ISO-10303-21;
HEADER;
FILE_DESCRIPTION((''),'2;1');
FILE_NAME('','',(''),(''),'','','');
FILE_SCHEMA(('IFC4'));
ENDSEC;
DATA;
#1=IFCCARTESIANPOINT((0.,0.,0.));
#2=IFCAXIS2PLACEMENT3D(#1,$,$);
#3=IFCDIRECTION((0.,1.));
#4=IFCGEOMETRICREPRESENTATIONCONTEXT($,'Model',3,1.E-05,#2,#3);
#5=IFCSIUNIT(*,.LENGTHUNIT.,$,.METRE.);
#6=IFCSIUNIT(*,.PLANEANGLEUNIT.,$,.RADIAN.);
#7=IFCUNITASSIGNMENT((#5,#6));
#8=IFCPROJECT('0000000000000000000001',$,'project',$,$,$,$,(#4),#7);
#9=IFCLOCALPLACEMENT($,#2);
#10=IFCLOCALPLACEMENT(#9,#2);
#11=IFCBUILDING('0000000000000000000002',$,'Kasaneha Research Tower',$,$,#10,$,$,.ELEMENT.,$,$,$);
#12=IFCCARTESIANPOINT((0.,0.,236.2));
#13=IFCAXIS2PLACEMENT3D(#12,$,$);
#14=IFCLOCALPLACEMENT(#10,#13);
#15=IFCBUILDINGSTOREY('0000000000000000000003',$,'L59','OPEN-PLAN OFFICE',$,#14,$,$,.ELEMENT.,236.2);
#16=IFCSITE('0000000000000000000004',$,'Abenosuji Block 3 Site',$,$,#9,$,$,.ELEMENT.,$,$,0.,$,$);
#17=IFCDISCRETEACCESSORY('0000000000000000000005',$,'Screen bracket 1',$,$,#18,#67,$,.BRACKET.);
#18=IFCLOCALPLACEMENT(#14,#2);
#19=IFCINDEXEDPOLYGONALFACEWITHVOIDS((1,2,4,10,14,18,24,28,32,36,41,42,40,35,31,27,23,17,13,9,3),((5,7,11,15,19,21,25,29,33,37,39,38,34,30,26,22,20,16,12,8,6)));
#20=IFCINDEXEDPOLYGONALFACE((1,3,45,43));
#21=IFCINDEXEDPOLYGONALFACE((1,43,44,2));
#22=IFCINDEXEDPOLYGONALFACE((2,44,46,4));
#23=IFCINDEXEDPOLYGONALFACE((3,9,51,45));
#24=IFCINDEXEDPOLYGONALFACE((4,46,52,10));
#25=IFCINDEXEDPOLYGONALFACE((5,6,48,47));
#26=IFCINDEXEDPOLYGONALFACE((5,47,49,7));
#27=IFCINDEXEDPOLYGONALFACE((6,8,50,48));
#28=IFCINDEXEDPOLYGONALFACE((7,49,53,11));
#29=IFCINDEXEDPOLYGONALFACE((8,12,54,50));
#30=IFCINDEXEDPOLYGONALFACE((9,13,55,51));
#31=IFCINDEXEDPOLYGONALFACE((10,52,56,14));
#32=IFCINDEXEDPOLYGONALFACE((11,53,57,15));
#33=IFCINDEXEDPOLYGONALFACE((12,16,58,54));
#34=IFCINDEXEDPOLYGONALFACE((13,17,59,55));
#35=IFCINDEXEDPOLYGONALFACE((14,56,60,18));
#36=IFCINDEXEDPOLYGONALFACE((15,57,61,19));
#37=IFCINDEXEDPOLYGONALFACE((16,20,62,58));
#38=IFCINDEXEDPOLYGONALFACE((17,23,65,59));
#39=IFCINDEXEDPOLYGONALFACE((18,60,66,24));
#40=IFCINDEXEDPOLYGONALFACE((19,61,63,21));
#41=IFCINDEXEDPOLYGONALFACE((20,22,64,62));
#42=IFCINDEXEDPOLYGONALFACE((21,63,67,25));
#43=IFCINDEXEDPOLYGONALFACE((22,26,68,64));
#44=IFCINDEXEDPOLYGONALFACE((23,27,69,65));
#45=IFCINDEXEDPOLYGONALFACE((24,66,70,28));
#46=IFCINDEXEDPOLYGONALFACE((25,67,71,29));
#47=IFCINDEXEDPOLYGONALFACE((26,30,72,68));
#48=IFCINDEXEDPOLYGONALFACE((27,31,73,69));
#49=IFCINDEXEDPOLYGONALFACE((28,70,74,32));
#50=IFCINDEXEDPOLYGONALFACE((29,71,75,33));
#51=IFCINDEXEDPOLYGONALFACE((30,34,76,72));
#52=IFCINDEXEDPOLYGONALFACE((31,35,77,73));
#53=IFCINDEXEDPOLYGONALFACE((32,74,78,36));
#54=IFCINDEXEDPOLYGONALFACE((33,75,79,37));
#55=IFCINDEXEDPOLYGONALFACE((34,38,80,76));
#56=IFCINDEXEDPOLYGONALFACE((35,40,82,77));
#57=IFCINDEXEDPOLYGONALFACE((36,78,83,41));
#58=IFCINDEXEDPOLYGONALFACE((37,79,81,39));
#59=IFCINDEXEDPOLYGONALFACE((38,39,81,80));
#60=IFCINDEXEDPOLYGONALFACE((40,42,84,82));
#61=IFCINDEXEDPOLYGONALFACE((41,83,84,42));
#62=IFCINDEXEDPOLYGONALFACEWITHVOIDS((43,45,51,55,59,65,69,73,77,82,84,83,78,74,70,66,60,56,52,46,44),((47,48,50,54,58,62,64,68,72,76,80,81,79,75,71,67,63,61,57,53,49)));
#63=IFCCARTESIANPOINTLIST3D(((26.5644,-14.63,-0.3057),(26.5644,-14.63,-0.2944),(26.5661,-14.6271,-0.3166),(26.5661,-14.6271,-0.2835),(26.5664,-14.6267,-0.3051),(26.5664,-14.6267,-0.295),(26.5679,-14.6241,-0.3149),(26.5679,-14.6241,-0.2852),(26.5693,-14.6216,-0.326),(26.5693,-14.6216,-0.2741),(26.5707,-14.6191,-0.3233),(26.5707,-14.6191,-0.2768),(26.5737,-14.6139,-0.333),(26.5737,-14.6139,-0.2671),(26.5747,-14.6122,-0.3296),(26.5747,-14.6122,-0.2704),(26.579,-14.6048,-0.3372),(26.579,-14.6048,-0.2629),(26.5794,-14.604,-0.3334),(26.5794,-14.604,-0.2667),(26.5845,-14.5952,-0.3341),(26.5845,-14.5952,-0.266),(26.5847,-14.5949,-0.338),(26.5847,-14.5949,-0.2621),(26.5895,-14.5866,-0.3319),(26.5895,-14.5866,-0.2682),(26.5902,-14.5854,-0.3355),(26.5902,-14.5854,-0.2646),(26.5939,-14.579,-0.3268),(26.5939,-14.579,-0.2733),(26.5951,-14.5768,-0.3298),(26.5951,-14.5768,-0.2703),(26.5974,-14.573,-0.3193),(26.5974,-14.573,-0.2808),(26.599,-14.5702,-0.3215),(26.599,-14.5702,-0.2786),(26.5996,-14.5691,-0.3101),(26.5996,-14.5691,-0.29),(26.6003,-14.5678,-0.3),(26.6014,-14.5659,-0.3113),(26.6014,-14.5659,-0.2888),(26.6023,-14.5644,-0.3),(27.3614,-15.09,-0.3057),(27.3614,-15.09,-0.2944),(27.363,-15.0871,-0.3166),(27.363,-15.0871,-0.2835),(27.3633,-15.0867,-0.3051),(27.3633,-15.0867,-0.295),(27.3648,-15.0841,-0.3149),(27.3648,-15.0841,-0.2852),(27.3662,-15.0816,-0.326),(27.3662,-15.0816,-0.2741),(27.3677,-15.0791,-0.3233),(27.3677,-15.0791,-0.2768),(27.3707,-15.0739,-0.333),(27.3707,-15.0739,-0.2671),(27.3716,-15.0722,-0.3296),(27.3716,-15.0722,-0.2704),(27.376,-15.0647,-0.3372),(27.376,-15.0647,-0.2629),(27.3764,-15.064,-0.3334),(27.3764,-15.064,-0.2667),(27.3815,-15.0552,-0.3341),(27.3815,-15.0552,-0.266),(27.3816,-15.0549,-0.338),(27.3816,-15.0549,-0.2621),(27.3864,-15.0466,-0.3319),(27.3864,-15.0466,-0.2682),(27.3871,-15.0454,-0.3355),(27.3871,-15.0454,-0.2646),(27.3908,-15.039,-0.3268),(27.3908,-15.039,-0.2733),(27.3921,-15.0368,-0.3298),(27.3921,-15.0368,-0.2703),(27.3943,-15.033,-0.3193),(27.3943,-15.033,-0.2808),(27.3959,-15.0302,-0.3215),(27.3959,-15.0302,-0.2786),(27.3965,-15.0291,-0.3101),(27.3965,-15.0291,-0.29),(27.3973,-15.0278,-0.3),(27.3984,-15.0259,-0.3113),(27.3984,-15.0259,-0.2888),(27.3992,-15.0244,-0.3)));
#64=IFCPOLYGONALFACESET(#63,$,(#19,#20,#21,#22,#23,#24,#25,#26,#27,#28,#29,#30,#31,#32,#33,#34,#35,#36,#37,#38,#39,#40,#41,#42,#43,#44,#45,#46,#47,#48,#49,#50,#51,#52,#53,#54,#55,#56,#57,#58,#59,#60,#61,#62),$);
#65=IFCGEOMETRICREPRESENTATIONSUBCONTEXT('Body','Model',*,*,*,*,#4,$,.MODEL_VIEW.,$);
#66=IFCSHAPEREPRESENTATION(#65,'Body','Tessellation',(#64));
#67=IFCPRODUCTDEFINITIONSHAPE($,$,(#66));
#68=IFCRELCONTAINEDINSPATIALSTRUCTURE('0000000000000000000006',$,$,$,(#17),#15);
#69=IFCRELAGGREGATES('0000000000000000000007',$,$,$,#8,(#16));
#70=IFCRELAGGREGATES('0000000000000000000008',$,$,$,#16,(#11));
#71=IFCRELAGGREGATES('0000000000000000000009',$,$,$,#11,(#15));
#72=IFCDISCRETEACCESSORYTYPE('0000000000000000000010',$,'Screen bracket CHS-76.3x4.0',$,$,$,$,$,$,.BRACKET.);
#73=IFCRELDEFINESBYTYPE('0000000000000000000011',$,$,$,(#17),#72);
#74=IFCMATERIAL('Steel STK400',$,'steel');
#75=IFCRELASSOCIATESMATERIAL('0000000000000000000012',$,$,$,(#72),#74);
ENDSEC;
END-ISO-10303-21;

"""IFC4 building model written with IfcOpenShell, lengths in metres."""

from ifc_helpers import new_model, si_unit, direction, frame, origin, origin_2d, place, context, subcontext, project, spatial, hollow_circle, extrude, material, material_profile, profile_set, type_object, element, save


model = new_model("IFC4")

# Units and contexts
model_context = context("Model", 3, precision=1e-05, world=origin(), true_north=direction((0.0, 1.0)))
body_context = subcontext(model_context, "Body", "Model", "MODEL_VIEW")
ifc_project = project(units=[si_unit("LENGTHUNIT", "METRE"), si_unit("PLANEANGLEUNIT", "RADIAN")], contexts=[model_context])

# Site, building, storey
site_placement = place(None, origin())
site = spatial("IfcSite", under=ifc_project, at=site_placement, Name="Abenosuji Block 3 Site", CompositionType="ELEMENT", RefElevation=0.0)
building_placement = place(site_placement, origin())
building = spatial("IfcBuilding", under=site, at=building_placement, Name="Kasaneha Research Tower", CompositionType="ELEMENT")
storey_placement = place(building_placement, frame((0.0, 0.0, 236.2)))
storey = spatial("IfcBuildingStorey", under=building, at=storey_placement, Name="L59", Description="OPEN-PLAN OFFICE", CompositionType="ELEMENT", Elevation=236.2)

# Discrete accessory
ifc_material_1 = material(Name="Steel STK400", Category="steel")
ifc_material_profile_1 = material_profile(ifc_material_1, hollow_circle(Radius=0.0381, WallThickness=0.0039, at=origin_2d()), Name="CHS-76.3x4.0")
ifc_profile_set_1 = profile_set([ifc_material_profile_1], Name="Steel STK400")
discrete_accessory_type = type_object("IfcDiscreteAccessoryType", Name="Screen bracket CHS-76.3x4.0", PredefinedType="BRACKET", material=ifc_profile_set_1)
discrete_accessory_1_placement = place(storey_placement, frame((26.5833, -14.5974, -0.3), z_axis=(0.86608, -0.499906, 0.0), x_axis=(0.499906, 0.86608, 0.0)))
element("IfcDiscreteAccessory", 1, at=discrete_accessory_1_placement, inside=storey, type_object=discrete_accessory_type, Name="Screen bracket 1", PredefinedType="BRACKET", context=body_context, shape_type="SweptSolid", body=[
    extrude(hollow_circle(Radius=0.0381, WallThickness=0.0039, at=origin_2d()), origin(), (0.0, 0.0, 1.0), 0.9202),
])

save(model, "model.ifc")
